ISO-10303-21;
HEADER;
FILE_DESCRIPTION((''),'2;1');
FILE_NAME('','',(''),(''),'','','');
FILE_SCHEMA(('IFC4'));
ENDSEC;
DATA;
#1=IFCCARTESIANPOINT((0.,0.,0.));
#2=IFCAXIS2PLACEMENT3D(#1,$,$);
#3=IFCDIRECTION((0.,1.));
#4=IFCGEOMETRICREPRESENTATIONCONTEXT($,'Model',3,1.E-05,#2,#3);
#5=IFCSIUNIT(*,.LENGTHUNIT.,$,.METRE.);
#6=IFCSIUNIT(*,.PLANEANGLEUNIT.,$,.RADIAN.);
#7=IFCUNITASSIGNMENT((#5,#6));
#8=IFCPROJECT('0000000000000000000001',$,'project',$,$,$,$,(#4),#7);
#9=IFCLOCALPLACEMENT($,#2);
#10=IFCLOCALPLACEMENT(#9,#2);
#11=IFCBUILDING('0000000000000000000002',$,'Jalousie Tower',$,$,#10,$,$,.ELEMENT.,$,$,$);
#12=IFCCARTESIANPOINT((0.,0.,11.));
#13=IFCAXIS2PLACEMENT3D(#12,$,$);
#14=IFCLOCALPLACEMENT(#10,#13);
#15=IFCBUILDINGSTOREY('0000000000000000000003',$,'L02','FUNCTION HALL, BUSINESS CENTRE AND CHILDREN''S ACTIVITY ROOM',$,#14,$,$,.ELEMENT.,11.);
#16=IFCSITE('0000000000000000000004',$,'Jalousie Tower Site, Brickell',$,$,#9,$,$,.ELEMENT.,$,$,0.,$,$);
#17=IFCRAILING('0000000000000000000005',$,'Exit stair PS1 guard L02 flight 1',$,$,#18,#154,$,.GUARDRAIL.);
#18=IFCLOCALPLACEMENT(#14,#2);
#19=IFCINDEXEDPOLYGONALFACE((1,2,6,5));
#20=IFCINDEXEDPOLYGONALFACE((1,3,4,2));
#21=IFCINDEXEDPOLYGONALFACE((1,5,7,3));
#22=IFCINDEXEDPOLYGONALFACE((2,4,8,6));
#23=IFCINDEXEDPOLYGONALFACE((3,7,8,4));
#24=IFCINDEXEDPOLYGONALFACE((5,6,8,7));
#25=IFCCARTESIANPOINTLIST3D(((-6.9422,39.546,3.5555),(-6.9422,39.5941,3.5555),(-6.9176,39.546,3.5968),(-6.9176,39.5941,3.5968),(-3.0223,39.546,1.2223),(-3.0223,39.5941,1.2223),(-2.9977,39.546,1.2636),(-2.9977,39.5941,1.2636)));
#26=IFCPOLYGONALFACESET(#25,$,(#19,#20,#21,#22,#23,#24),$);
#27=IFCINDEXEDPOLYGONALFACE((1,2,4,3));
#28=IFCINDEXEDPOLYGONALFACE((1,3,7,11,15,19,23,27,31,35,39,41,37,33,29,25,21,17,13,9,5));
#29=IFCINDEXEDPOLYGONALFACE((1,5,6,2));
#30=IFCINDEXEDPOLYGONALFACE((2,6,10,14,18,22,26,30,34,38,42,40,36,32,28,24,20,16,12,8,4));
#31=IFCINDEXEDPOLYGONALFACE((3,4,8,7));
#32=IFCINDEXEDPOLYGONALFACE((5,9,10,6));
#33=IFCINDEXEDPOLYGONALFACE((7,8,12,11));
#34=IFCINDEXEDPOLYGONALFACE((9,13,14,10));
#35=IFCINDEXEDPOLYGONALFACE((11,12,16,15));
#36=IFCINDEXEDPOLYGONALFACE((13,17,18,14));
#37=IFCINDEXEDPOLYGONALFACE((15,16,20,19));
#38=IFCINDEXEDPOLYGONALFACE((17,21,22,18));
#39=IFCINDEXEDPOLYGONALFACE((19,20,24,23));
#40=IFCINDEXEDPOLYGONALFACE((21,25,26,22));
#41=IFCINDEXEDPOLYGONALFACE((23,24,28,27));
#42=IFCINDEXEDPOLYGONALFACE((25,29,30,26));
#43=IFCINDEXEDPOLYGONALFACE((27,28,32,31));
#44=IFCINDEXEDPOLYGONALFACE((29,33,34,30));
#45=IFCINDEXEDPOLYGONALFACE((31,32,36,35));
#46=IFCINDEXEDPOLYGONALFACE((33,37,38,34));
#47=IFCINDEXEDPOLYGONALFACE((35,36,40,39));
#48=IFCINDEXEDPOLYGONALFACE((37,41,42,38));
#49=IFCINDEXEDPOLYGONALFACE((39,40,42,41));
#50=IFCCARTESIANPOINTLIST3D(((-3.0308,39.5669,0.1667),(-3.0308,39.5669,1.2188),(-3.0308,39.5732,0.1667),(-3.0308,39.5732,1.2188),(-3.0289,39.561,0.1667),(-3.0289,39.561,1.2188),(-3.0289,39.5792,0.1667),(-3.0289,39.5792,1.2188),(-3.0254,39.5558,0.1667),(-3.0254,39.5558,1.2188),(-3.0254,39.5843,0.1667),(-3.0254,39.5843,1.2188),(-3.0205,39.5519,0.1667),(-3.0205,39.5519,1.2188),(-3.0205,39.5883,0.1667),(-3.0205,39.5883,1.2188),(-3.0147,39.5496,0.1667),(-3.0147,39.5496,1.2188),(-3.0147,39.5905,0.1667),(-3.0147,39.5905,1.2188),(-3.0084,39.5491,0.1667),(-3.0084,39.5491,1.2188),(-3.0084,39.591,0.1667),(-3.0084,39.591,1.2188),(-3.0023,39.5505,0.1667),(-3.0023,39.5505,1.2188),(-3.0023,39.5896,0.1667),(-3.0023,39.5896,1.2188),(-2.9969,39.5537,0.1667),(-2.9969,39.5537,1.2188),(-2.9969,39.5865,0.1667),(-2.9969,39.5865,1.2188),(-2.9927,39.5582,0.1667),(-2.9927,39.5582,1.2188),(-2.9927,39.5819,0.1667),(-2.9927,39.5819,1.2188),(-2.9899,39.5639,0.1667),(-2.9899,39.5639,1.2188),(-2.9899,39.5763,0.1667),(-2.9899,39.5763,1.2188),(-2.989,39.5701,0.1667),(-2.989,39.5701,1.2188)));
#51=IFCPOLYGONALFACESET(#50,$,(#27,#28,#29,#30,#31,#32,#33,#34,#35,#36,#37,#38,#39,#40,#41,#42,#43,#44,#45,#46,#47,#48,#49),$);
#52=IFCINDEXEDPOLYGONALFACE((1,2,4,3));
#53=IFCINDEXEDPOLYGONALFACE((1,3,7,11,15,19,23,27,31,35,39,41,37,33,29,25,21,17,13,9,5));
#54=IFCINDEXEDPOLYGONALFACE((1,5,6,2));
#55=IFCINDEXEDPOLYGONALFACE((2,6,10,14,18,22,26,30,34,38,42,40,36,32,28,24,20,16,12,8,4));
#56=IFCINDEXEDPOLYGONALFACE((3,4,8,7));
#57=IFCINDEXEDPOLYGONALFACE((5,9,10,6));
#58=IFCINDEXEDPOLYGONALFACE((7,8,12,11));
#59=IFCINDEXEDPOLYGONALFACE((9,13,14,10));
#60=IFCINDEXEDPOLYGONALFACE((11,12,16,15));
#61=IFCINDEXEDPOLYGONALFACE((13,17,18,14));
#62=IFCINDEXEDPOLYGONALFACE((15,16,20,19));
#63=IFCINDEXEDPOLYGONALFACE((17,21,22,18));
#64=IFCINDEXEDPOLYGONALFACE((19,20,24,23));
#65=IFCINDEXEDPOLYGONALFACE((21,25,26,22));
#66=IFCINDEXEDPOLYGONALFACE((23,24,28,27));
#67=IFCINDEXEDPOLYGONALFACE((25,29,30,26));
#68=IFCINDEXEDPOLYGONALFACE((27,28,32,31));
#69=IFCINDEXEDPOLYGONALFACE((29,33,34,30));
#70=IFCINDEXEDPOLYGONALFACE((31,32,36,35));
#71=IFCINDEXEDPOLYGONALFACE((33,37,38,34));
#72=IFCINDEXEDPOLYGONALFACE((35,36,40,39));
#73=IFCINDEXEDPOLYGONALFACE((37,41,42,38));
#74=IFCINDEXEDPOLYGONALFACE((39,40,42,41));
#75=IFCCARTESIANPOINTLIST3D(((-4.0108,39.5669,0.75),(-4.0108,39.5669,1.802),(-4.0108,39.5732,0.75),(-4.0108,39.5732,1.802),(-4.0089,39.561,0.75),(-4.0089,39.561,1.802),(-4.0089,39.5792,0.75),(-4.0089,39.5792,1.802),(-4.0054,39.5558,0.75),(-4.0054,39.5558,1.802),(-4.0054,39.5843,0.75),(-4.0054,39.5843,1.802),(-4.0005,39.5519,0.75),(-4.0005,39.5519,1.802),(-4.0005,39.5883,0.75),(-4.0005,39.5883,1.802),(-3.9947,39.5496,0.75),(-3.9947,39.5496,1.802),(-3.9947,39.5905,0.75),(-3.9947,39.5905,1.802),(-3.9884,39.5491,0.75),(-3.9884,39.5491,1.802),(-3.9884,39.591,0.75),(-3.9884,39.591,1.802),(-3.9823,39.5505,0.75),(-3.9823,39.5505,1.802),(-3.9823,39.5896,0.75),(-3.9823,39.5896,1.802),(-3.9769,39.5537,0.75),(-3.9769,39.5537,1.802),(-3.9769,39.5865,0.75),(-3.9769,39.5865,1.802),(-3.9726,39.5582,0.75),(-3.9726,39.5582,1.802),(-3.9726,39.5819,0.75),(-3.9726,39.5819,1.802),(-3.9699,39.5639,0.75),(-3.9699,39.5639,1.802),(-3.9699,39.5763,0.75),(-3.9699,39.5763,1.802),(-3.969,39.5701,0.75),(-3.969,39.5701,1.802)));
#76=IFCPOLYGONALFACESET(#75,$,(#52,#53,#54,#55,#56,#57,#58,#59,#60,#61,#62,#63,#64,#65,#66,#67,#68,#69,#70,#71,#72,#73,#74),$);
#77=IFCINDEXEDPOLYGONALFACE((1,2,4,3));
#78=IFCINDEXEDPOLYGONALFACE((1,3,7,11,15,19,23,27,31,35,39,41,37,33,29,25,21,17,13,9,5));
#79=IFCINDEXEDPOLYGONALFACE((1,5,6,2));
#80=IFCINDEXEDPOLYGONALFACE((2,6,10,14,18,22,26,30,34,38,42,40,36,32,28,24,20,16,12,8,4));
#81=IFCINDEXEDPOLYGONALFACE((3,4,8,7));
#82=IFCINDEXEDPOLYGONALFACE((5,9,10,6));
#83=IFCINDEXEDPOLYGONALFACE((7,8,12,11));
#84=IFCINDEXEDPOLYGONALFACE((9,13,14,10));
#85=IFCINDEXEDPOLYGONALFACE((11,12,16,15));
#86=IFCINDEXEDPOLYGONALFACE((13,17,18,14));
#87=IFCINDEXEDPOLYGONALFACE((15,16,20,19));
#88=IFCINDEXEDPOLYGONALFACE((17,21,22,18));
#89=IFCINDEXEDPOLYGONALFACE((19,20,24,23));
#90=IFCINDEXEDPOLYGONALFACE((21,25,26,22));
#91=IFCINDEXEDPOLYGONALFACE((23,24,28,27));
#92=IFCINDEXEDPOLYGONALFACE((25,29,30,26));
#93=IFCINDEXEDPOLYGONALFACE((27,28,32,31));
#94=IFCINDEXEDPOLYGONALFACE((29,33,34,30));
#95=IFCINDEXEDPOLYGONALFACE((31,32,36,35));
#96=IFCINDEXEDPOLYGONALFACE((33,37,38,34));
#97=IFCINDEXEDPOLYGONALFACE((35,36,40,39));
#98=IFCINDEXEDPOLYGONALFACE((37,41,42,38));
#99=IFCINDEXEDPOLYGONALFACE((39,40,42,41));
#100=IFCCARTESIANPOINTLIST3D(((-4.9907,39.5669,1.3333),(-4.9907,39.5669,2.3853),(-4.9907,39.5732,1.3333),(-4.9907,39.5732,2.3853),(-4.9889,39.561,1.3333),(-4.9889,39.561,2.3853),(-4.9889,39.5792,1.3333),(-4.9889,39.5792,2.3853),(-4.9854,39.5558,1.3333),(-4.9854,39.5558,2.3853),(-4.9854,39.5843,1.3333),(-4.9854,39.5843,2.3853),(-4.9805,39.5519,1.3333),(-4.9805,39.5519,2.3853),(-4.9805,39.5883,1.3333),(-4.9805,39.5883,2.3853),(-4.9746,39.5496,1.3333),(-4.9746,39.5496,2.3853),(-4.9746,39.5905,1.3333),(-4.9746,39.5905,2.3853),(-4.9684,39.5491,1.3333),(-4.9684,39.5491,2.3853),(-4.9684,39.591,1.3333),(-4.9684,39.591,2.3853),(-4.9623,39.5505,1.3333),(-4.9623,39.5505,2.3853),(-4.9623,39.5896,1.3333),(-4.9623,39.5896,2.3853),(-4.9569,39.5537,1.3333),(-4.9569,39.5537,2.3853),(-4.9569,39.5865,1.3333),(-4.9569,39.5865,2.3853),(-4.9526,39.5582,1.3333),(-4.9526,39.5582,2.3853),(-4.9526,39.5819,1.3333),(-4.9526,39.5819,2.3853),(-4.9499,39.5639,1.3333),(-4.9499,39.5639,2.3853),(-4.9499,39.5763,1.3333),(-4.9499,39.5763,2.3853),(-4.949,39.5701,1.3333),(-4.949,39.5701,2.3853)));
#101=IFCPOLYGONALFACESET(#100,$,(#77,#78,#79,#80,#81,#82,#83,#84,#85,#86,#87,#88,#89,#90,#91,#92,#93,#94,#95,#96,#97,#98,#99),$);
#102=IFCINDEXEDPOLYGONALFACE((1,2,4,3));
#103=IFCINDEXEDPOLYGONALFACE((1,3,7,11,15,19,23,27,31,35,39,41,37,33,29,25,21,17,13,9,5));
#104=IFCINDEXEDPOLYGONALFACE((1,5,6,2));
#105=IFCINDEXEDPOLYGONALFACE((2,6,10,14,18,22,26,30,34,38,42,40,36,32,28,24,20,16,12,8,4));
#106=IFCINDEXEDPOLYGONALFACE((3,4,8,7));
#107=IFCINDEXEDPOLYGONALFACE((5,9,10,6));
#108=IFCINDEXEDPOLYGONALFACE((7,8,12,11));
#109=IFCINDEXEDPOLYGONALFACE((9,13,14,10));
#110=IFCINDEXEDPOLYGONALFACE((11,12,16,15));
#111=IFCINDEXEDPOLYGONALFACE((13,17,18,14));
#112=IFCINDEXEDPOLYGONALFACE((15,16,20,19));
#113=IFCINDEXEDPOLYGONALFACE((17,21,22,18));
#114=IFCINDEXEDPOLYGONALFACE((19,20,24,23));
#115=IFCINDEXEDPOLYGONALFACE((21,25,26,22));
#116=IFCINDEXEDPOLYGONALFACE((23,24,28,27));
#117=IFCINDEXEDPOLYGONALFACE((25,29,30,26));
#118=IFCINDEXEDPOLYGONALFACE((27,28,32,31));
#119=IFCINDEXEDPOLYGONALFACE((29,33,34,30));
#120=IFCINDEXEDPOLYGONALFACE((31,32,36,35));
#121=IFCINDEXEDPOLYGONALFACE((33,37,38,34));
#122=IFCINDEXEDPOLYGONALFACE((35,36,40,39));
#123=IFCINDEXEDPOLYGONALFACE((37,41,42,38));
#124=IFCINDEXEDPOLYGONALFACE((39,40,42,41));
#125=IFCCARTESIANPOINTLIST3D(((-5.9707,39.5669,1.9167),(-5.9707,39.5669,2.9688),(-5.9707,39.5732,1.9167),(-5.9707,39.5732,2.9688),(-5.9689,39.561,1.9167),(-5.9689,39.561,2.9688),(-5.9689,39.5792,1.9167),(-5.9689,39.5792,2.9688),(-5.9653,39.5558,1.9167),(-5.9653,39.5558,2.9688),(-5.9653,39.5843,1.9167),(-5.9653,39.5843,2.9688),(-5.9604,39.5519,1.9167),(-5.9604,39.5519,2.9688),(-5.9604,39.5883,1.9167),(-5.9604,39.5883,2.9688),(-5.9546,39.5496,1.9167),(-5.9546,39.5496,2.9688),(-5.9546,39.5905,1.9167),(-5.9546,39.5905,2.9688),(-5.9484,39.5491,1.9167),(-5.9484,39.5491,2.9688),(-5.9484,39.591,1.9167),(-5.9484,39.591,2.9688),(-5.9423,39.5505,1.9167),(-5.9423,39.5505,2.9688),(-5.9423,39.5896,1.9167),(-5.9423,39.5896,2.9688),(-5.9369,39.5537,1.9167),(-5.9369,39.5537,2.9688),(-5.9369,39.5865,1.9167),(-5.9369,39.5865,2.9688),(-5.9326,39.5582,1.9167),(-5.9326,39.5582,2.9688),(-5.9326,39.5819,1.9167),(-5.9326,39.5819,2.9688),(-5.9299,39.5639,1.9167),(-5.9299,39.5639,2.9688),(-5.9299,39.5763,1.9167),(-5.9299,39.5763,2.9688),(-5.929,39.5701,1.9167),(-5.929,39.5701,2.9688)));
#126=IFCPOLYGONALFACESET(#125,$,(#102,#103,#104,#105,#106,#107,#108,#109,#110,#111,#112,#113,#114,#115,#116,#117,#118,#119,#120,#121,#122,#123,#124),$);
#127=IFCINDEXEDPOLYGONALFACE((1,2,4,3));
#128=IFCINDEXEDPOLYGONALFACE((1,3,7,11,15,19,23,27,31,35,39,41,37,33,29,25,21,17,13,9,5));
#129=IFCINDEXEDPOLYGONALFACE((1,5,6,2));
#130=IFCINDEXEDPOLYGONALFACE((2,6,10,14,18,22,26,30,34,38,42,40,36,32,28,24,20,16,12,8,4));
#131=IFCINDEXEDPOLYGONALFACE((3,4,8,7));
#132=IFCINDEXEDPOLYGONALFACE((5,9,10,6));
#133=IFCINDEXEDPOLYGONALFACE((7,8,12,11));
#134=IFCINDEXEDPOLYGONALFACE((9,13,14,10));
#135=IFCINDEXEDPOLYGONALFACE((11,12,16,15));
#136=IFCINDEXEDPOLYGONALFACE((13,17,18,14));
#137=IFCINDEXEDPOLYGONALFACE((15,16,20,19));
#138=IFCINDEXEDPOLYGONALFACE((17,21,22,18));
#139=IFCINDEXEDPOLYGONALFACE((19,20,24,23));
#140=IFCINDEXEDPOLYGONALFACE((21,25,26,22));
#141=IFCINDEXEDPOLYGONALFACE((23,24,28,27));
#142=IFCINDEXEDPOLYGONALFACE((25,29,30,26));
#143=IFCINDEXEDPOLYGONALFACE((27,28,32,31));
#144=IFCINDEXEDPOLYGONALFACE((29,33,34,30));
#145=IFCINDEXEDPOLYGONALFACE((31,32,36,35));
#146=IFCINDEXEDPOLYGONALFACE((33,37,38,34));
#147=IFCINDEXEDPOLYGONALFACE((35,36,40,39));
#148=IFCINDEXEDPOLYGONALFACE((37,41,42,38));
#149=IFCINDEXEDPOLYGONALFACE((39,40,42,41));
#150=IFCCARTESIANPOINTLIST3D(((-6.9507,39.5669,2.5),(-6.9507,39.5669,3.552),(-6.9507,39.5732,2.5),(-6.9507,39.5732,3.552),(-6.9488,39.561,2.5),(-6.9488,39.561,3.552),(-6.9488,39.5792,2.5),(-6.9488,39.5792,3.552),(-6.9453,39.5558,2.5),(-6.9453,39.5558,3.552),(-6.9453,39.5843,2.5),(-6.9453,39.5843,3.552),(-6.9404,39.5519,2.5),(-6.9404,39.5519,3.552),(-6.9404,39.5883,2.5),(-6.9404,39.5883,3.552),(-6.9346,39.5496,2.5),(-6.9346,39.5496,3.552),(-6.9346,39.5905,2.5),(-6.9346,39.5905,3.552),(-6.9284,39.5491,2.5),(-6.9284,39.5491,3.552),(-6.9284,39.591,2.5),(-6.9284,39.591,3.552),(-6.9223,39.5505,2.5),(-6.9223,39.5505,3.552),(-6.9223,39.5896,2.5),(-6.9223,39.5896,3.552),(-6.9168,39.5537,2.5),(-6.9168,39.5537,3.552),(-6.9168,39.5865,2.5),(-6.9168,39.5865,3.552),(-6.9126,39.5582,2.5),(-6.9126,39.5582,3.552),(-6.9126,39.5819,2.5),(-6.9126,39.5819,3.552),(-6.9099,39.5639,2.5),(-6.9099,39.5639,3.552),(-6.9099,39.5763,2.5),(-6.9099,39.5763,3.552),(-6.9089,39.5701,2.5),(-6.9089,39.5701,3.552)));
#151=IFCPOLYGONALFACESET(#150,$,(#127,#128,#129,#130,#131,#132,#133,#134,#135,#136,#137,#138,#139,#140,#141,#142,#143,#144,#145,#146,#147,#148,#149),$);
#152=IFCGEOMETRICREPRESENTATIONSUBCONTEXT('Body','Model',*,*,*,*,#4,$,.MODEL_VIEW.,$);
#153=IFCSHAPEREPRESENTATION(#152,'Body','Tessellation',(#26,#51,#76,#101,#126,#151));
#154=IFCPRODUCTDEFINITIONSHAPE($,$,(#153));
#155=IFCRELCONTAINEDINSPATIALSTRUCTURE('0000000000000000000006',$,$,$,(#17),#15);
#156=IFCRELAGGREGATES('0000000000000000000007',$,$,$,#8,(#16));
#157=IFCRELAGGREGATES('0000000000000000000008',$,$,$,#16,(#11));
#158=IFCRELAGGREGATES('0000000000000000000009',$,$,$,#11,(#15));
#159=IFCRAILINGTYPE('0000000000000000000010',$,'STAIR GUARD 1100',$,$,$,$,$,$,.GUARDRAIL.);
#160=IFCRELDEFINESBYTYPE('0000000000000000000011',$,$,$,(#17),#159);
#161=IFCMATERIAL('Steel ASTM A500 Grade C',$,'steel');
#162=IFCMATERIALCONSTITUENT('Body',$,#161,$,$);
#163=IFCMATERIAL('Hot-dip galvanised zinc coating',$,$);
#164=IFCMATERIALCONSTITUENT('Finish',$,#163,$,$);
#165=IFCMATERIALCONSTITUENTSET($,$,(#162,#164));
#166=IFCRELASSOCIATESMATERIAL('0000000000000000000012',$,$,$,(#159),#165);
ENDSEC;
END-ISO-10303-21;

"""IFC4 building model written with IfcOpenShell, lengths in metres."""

from ifc_helpers import new_model, si_unit, direction, frame, origin, origin_2d, place, context, subcontext, project, spatial, rectangle, circle, extrude, material, constituent, constituent_set, type_object, element, save


model = new_model("IFC4")

# Units and contexts
model_context = context("Model", 3, precision=1e-05, world=origin(), true_north=direction((0.0, 1.0)))
body_context = subcontext(model_context, "Body", "Model", "MODEL_VIEW")
ifc_project = project(units=[si_unit("LENGTHUNIT", "METRE"), si_unit("PLANEANGLEUNIT", "RADIAN")], contexts=[model_context])

# Site, building, storey
site_placement = place(None, origin())
site = spatial("IfcSite", under=ifc_project, at=site_placement, Name="Jalousie Tower Site, Brickell", CompositionType="ELEMENT", RefElevation=0.0)
building_placement = place(site_placement, origin())
building = spatial("IfcBuilding", under=site, at=building_placement, Name="Jalousie Tower", CompositionType="ELEMENT")
storey_placement = place(building_placement, frame((0.0, 0.0, 11.0)))
storey = spatial("IfcBuildingStorey", under=building, at=storey_placement, Name="L02", Description="FUNCTION HALL, BUSINESS CENTRE AND CHILDREN'S ACTIVITY ROOM", CompositionType="ELEMENT", Elevation=11.0)

# Railing
ifc_material_1 = material(Name="Steel ASTM A500 Grade C", Category="steel")
ifc_constituent_1 = constituent(ifc_material_1, Name="Body")
ifc_material_2 = material(Name="Hot-dip galvanised zinc coating")
ifc_constituent_2 = constituent(ifc_material_2, Name="Finish")
ifc_constituent_set_1 = constituent_set(constituents=[ifc_constituent_1, ifc_constituent_2])
railing_type_1 = type_object("IfcRailingType", Name="STAIR GUARD 1100", PredefinedType="GUARDRAIL", material=ifc_constituent_set_1)
railing_1_placement = place(storey_placement, frame((-3.01, 39.5701, 0.1667)))
element("IfcRailing", 1, at=railing_1_placement, inside=storey, type_object=railing_type_1, Name="Exit stair PS1 guard L02 flight 1", PredefinedType="GUARDRAIL", context=body_context, shape_type="SweptSolid", body=[
    extrude(rectangle(XDim=0.0481, YDim=0.0481, at=origin_2d()), frame((0.0, 0.0, 1.0762), z_axis=(-0.859296, 0.0, 0.511478), x_axis=(0.0, -1.0, 0.0)), (0.0, 0.0, 1.0), 4.5618),
    extrude(circle(Radius=0.021, at=origin_2d()), origin(), (0.0, 0.0, 1.0), 1.052),
    extrude(circle(Radius=0.021, at=origin_2d()), frame((-0.98, 0.0, 0.5833)), (0.0, 0.0, 1.0), 1.052),
    extrude(circle(Radius=0.021, at=origin_2d()), frame((-1.96, 0.0, 1.1665)), (0.0, 0.0, 1.0), 1.052),
    extrude(circle(Radius=0.021, at=origin_2d()), frame((-2.9399, 0.0, 1.75)), (0.0, 0.0, 1.0), 1.052),
    extrude(circle(Radius=0.021, at=origin_2d()), frame((-3.9199, 0.0, 2.3333)), (0.0, 0.0, 1.0), 1.052),
])

save(model, "model.ifc")
